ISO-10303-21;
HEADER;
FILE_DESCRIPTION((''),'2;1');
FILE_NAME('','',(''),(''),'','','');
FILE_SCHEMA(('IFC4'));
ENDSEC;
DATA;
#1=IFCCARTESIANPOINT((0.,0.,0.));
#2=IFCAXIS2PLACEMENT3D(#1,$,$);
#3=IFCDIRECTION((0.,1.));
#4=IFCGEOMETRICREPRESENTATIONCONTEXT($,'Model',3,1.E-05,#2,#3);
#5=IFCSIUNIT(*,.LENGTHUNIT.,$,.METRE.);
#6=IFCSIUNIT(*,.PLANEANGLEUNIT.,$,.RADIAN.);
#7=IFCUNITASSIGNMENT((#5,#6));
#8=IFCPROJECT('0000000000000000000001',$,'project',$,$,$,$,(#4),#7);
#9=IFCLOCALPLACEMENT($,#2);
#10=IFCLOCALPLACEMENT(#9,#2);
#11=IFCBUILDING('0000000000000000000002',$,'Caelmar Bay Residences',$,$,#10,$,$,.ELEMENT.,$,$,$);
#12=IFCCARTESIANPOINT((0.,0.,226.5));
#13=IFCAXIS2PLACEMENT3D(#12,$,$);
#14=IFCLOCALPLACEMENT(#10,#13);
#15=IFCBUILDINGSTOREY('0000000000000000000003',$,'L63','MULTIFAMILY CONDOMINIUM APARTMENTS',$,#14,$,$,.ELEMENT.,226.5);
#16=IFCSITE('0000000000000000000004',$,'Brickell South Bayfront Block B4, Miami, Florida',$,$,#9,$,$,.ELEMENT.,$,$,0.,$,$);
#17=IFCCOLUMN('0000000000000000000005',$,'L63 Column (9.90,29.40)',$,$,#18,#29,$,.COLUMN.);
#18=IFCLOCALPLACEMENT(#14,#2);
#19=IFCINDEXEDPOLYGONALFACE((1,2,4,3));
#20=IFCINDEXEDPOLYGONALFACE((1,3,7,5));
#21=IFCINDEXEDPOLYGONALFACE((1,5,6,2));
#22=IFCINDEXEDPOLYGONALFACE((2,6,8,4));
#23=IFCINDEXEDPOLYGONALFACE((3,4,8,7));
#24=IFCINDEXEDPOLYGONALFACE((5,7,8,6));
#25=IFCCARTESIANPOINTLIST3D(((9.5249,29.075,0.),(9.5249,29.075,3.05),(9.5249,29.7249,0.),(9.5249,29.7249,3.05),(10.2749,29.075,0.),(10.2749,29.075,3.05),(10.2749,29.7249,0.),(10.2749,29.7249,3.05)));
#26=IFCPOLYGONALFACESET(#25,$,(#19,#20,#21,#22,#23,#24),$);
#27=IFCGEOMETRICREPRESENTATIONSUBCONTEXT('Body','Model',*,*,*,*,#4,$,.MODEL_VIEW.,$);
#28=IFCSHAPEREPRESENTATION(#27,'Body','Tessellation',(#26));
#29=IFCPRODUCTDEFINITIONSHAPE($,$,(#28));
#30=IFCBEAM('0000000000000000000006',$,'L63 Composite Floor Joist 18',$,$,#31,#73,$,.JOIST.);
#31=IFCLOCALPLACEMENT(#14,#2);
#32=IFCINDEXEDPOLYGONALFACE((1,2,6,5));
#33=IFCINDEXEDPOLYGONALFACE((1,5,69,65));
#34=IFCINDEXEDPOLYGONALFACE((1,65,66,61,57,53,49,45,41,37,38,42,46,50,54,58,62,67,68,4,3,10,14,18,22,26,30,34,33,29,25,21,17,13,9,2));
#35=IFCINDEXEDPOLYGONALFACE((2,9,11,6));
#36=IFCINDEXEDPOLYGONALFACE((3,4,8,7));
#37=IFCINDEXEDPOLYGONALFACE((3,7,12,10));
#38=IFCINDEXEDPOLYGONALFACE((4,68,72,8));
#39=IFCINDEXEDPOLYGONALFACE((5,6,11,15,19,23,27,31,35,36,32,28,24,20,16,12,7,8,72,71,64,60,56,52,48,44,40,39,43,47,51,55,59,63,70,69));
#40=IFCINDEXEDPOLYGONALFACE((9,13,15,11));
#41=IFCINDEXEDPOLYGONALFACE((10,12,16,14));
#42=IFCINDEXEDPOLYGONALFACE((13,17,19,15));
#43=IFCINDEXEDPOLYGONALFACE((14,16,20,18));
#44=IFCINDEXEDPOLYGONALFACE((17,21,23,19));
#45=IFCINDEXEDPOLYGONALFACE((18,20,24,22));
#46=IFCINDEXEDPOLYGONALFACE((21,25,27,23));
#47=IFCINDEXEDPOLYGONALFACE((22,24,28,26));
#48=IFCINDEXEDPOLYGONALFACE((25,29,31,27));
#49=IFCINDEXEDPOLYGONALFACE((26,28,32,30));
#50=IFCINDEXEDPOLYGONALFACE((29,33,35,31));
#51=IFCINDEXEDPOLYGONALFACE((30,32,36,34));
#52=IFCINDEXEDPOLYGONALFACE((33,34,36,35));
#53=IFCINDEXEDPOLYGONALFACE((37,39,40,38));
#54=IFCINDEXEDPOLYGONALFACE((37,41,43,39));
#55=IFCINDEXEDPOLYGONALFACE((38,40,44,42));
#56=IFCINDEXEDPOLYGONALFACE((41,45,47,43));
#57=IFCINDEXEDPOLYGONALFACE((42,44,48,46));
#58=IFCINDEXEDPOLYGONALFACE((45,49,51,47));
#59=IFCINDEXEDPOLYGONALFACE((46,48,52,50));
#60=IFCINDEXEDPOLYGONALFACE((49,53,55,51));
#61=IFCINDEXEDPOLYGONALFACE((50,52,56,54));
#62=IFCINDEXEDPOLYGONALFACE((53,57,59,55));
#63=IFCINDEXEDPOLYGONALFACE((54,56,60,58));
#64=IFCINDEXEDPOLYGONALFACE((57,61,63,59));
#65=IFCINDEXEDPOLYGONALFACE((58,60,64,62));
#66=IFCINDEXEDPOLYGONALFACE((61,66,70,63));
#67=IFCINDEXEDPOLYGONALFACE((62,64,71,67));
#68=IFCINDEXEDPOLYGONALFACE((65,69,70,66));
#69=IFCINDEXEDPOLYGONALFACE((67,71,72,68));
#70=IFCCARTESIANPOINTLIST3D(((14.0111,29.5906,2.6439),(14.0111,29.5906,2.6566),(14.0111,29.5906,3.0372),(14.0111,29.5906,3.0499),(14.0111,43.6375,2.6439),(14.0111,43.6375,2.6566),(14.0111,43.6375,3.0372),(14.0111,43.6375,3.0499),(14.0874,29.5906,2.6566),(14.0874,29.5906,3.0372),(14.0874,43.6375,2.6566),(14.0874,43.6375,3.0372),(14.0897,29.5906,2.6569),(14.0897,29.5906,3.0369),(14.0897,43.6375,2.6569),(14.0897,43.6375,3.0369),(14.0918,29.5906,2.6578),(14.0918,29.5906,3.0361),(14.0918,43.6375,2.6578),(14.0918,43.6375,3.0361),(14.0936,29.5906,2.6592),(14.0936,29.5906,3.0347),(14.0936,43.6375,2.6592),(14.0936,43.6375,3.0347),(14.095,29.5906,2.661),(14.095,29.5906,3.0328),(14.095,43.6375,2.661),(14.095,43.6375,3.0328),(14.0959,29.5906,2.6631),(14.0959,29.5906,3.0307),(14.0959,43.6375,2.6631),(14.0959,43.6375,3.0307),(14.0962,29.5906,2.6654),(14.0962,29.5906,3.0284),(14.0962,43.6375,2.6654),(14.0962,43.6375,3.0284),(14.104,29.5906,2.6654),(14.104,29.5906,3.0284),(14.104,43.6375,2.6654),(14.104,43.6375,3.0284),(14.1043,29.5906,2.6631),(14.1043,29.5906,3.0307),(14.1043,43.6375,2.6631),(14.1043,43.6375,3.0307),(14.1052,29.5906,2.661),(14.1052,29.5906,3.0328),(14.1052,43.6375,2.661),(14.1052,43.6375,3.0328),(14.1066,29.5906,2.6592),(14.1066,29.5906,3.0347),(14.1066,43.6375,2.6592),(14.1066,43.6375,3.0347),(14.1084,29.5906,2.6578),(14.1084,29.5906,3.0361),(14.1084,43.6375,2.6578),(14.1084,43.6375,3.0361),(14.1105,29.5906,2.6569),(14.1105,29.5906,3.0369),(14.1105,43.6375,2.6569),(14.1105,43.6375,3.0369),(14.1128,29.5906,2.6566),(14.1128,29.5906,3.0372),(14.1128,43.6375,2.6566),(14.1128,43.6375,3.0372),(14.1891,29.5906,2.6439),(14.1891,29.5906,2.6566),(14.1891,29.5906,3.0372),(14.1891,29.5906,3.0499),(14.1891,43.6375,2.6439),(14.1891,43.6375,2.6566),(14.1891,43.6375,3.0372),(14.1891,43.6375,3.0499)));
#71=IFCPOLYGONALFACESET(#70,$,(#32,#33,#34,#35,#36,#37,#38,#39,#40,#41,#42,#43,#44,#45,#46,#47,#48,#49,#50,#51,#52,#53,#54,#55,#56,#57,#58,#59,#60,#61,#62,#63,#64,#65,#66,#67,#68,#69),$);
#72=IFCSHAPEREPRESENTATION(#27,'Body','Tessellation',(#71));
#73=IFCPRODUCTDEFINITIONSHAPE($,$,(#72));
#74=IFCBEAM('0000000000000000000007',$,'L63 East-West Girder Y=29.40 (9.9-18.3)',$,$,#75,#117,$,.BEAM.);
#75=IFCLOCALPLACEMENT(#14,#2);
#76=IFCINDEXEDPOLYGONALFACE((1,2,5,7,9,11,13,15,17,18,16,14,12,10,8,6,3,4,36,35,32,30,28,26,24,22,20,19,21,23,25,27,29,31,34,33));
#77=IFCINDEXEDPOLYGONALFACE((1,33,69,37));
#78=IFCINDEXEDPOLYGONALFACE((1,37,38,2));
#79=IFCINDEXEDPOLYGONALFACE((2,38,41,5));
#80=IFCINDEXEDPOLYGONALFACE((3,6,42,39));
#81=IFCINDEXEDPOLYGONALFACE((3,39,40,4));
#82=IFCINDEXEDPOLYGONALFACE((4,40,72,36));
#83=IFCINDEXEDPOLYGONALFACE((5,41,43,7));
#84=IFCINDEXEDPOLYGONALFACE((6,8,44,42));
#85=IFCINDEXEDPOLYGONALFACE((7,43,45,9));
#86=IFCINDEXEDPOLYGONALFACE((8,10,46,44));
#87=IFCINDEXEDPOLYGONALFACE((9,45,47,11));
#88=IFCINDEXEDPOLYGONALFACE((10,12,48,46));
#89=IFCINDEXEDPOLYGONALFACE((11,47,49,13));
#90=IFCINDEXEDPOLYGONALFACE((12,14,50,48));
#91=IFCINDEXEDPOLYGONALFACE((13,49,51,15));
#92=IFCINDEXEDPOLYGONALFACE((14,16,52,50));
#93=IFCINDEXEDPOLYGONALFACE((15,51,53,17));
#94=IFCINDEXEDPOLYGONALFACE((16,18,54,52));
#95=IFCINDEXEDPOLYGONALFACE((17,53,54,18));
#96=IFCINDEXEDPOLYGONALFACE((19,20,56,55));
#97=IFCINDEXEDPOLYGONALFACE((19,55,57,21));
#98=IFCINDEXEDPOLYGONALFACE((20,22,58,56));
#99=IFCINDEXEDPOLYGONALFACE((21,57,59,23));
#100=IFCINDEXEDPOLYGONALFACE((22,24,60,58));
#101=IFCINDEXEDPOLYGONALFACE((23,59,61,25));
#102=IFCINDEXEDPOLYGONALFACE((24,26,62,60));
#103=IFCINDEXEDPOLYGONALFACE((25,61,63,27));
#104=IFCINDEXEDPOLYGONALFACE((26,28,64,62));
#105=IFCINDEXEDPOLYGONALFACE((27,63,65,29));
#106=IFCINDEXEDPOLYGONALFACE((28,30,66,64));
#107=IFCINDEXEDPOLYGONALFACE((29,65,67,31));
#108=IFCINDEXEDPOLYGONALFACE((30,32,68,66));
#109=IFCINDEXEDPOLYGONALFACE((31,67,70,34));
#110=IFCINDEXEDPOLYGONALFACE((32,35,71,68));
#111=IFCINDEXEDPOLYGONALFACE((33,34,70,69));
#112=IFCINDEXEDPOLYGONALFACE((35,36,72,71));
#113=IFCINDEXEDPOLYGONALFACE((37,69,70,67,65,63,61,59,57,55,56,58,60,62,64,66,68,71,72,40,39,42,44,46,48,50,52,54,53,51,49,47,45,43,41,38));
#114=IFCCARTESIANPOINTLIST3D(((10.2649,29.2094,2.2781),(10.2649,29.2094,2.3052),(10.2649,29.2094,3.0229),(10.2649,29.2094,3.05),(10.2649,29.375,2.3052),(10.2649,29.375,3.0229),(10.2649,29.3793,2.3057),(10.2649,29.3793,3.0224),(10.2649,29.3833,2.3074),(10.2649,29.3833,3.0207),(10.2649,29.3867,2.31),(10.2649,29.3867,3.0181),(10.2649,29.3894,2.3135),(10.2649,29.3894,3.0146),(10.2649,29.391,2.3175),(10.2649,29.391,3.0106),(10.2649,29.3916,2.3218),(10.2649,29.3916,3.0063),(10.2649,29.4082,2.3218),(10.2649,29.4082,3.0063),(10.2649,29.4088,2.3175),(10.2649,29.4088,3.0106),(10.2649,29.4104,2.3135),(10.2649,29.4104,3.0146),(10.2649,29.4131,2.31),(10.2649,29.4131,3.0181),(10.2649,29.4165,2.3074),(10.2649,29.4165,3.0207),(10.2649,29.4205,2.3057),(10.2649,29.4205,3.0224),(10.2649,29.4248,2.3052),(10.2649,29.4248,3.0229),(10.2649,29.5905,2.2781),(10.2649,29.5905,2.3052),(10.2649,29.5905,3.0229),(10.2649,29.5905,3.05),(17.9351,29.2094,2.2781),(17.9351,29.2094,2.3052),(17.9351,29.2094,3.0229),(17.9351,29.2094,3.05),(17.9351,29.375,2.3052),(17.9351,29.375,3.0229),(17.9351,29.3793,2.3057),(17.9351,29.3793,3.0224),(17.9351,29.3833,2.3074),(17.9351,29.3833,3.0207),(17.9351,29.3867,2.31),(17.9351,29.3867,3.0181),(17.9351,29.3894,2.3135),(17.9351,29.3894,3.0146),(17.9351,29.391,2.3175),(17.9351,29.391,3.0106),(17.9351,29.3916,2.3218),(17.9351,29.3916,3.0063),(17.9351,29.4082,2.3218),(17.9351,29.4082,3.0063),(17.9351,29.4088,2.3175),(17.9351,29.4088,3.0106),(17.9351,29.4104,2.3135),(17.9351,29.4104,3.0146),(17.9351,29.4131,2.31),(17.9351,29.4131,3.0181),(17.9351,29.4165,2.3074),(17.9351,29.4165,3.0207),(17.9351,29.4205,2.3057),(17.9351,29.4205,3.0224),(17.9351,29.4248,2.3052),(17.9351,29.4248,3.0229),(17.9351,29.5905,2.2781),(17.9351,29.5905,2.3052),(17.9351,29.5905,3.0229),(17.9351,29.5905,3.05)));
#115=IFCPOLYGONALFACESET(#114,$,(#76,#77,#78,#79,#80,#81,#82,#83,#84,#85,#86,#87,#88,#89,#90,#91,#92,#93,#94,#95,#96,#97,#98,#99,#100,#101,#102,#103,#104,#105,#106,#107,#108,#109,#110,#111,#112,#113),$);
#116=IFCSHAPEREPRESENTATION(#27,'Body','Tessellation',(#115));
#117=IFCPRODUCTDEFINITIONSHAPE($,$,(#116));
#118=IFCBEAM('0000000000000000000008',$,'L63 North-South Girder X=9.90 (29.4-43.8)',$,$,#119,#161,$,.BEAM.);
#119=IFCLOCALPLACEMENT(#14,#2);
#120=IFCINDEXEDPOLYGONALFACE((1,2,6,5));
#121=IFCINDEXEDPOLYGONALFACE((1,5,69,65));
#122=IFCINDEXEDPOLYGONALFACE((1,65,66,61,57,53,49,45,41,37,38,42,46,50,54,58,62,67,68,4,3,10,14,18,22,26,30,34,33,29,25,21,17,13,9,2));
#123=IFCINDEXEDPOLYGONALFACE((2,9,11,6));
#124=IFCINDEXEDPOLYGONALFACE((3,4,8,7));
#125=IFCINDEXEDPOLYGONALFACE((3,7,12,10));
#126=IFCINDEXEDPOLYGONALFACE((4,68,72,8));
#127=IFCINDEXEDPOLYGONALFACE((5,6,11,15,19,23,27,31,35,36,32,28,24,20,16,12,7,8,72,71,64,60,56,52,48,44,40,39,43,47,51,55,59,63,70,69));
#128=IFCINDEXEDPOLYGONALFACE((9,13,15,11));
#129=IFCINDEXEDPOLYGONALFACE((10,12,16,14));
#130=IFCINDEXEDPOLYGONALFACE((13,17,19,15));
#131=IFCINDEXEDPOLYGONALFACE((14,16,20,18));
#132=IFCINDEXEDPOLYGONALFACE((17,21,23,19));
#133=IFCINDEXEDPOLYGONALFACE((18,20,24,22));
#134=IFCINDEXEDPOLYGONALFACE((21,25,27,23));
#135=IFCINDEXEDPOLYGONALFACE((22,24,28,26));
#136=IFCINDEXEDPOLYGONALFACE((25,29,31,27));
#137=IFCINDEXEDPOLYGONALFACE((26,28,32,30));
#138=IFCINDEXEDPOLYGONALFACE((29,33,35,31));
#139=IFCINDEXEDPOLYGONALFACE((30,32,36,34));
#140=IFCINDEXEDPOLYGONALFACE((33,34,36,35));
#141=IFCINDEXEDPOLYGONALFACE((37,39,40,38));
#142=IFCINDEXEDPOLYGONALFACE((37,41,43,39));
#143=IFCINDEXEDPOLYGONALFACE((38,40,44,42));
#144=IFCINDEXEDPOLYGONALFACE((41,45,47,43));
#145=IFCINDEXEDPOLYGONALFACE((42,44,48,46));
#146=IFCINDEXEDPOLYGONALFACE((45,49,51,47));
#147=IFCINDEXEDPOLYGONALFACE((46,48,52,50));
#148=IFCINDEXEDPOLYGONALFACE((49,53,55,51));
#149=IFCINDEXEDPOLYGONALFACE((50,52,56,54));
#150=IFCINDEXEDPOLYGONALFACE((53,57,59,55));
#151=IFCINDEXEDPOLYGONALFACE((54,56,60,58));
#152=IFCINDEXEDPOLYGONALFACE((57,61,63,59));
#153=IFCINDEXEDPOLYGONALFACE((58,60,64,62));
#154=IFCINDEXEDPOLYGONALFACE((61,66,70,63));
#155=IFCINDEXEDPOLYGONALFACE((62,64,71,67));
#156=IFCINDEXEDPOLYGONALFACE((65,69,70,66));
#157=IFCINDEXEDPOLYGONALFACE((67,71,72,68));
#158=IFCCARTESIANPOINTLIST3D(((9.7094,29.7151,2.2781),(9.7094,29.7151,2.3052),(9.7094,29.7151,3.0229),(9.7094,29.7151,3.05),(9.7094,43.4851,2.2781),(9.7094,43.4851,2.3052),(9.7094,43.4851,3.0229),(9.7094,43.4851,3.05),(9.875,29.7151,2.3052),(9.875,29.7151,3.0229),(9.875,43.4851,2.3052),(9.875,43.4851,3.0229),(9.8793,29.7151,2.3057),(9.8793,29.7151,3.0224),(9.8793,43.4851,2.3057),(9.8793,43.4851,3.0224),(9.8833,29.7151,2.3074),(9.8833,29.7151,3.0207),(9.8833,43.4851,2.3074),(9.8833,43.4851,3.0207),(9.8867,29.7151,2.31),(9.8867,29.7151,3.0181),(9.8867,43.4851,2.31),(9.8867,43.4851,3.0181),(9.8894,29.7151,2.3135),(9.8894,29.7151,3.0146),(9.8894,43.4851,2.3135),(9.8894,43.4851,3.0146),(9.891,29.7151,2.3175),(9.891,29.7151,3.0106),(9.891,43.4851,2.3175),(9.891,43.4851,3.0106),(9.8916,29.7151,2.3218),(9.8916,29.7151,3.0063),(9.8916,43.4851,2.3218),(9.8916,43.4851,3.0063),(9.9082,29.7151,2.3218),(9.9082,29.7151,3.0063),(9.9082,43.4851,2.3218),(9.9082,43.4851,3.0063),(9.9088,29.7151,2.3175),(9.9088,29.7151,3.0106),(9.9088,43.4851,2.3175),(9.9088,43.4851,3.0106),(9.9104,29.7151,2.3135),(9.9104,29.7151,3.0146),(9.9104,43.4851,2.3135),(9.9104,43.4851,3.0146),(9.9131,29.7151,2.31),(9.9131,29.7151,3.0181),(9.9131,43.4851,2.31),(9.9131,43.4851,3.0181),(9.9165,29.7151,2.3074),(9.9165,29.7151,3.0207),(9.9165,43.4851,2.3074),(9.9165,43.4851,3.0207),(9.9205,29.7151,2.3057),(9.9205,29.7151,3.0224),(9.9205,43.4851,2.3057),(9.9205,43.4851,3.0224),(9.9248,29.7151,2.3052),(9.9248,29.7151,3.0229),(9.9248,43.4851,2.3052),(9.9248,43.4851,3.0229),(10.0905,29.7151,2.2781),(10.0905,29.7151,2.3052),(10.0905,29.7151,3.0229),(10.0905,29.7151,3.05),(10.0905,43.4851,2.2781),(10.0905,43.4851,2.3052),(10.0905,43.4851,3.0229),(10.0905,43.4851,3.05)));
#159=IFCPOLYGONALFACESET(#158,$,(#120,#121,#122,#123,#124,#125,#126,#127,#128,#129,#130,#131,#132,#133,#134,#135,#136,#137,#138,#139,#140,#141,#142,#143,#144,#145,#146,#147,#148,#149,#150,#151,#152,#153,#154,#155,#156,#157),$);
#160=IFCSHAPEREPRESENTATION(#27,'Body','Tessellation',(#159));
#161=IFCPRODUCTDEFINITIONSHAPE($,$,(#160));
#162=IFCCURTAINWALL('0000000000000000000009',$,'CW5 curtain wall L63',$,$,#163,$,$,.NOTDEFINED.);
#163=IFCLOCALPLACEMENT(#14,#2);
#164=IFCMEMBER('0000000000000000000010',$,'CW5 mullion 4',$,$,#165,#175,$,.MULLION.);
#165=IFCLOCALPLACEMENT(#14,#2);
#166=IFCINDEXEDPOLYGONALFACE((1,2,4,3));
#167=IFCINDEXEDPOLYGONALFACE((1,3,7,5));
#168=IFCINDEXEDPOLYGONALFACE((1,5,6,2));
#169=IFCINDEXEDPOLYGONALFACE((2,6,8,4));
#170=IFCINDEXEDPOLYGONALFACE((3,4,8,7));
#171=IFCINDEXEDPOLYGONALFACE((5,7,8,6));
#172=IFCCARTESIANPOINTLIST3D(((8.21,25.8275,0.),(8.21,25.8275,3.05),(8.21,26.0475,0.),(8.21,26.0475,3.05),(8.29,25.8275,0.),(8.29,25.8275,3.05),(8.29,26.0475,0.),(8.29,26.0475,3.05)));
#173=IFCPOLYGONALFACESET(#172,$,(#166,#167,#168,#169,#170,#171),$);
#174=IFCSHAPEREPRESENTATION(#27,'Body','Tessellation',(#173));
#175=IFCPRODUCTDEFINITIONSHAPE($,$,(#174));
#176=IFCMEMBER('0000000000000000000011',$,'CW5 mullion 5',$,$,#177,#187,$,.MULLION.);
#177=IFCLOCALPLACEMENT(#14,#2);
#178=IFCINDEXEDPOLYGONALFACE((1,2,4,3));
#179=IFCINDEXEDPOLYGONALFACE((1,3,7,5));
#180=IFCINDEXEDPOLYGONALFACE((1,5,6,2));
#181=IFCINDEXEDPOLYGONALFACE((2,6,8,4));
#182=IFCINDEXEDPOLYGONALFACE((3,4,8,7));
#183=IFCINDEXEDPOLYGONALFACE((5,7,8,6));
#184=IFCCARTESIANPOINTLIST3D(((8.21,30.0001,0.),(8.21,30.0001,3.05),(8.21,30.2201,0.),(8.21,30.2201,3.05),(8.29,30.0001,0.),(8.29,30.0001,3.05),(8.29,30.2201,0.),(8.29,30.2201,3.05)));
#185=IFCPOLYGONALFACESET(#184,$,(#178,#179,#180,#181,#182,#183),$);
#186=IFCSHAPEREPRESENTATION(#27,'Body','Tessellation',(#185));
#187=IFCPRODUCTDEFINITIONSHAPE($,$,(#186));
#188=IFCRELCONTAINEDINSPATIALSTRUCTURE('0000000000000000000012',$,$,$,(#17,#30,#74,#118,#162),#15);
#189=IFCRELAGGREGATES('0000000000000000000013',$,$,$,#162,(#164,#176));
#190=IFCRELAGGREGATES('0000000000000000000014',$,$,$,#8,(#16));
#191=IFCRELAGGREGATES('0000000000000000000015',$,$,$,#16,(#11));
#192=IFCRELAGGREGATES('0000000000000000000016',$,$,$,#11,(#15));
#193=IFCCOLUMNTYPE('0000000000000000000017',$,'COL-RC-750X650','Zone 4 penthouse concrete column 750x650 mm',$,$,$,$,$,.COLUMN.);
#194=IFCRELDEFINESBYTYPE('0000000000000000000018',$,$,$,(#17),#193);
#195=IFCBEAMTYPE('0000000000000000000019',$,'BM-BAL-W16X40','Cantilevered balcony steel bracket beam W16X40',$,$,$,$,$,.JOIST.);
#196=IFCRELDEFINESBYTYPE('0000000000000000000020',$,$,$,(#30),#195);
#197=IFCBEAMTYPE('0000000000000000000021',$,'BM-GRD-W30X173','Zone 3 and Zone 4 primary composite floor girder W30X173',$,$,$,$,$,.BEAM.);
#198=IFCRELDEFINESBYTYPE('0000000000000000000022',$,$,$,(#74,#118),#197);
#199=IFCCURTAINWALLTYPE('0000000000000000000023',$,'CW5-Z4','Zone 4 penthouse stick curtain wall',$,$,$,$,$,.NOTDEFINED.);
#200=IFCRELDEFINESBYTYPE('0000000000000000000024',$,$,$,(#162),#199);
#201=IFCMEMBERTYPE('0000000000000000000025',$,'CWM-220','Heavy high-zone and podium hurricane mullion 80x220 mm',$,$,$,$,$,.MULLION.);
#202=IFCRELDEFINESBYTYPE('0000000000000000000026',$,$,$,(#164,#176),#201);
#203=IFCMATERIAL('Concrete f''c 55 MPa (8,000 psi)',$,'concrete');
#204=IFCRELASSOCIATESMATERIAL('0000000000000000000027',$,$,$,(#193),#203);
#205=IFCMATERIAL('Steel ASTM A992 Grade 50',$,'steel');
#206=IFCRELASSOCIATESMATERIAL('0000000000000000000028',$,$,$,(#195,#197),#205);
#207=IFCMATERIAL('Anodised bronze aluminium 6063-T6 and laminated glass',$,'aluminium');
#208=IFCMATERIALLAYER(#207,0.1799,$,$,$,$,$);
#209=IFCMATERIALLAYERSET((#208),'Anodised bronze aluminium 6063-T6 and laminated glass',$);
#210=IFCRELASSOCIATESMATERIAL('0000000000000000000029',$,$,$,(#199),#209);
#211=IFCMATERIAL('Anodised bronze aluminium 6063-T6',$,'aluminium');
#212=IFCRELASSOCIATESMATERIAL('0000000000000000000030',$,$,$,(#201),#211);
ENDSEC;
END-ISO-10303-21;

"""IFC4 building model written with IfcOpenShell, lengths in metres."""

from ifc_helpers import new_model, si_unit, direction, frame, origin, origin_2d, place, context, subcontext, project, spatial, rectangle, i_section, extrude, material, layer, layer_set, material_profile, profile_set, type_object, element, aggregate, save


model = new_model("IFC4")

# Units and contexts
model_context = context("Model", 3, precision=1e-05, world=origin(), true_north=direction((0.0, 1.0)))
body_context = subcontext(model_context, "Body", "Model", "MODEL_VIEW")
ifc_project = project(units=[si_unit("LENGTHUNIT", "METRE"), si_unit("PLANEANGLEUNIT", "RADIAN")], contexts=[model_context])

# Site, building, storey
site_placement = place(None, origin())
site = spatial("IfcSite", under=ifc_project, at=site_placement, Name="Brickell South Bayfront Block B4, Miami, Florida", CompositionType="ELEMENT", RefElevation=0.0)
building_placement = place(site_placement, origin())
building = spatial("IfcBuilding", under=site, at=building_placement, Name="Caelmar Bay Residences", CompositionType="ELEMENT")
storey_placement = place(building_placement, frame((0.0, 0.0, 226.5)))
storey = spatial("IfcBuildingStorey", under=building, at=storey_placement, Name="L63", Description="MULTIFAMILY CONDOMINIUM APARTMENTS", CompositionType="ELEMENT", Elevation=226.5)

# Column
ifc_material_1 = material(Name="Concrete f'c 55 MPa (8,000 psi)", Category="concrete")
ifc_material_profile_1 = material_profile(ifc_material_1, rectangle(XDim=0.75, YDim=0.6499, at=origin_2d()), Name="RC-COL-750X650")
ifc_profile_set_1 = profile_set([ifc_material_profile_1], Name="Concrete f'c 55 MPa (8,000 psi)")
column_type = type_object("IfcColumnType", Name="COL-RC-750X650", Description="Zone 4 penthouse concrete column 750x650 mm", PredefinedType="COLUMN", material=ifc_profile_set_1)
column_placement = place(storey_placement, frame((9.8999, 29.3999, 0.0), z_axis=(0.0, 0.0, 1.0), x_axis=(1.0, 0.0, 0.0)))
element("IfcColumn", 1, at=column_placement, inside=storey, type_object=column_type, Name="L63 Column (9.90,29.40)", PredefinedType="COLUMN", context=body_context, shape_type="SweptSolid", body=[
    extrude(rectangle(XDim=0.75, YDim=0.6499, at=origin_2d()), origin(), (0.0, 0.0, 1.0), 3.05),
])

# Beams
ifc_material_2 = material(Name="Steel ASTM A992 Grade 50", Category="steel")
ifc_material_profile_2 = material_profile(ifc_material_2, i_section(OverallWidth=0.178, OverallDepth=0.406, WebThickness=0.0078, FlangeThickness=0.0127, FilletRadius=0.0088, at=origin_2d()), Name="W16X40")
ifc_profile_set_2 = profile_set([ifc_material_profile_2], Name="Steel ASTM A992 Grade 50")
beam_type_1 = type_object("IfcBeamType", Name="BM-BAL-W16X40", Description="Cantilevered balcony steel bracket beam W16X40", PredefinedType="JOIST", material=ifc_profile_set_2)
beam_1_placement = place(storey_placement, frame((14.1001, 29.5906, 2.8469), z_axis=(0.0, 1.0, 0.0), x_axis=(-1.0, 0.0, 0.0)))
element("IfcBeam", 2, at=beam_1_placement, inside=storey, type_object=beam_type_1, Name="L63 Composite Floor Joist 18", PredefinedType="JOIST", context=body_context, shape_type="SweptSolid", body=[
    extrude(i_section(OverallWidth=0.178, OverallDepth=0.406, WebThickness=0.0078, FlangeThickness=0.0127, FilletRadius=0.0088, at=origin_2d()), origin(), (0.0, 0.0, 1.0), 14.0469),
])
ifc_material_profile_3 = material_profile(ifc_material_2, i_section(OverallWidth=0.3811, OverallDepth=0.772, WebThickness=0.0166, FlangeThickness=0.0271, FilletRadius=0.0166, at=origin_2d()), Name="W30X173")
ifc_profile_set_3 = profile_set([ifc_material_profile_3], Name="Steel ASTM A992 Grade 50")
beam_type_2 = type_object("IfcBeamType", Name="BM-GRD-W30X173", Description="Zone 3 and Zone 4 primary composite floor girder W30X173", PredefinedType="BEAM", material=ifc_profile_set_3)
beam_2_placement = place(storey_placement, frame((10.2649, 29.3999, 2.6641), z_axis=(1.0, 0.0, 0.0), x_axis=(0.0, 1.0, 0.0)))
element("IfcBeam", 3, at=beam_2_placement, inside=storey, type_object=beam_type_2, Name="L63 East-West Girder Y=29.40 (9.9-18.3)", PredefinedType="BEAM", context=body_context, shape_type="SweptSolid", body=[
    extrude(i_section(OverallWidth=0.3811, OverallDepth=0.772, WebThickness=0.0166, FlangeThickness=0.0271, FilletRadius=0.0166, at=origin_2d()), origin(), (0.0, 0.0, 1.0), 7.6702),
])
beam_3_placement = place(storey_placement, frame((9.8999, 29.7151, 2.6641), z_axis=(0.0, 1.0, 0.0), x_axis=(-1.0, 0.0, 0.0)))
element("IfcBeam", 4, at=beam_3_placement, inside=storey, type_object=beam_type_2, Name="L63 North-South Girder X=9.90 (29.4-43.8)", PredefinedType="BEAM", context=body_context, shape_type="SweptSolid", body=[
    extrude(i_section(OverallWidth=0.3811, OverallDepth=0.772, WebThickness=0.0166, FlangeThickness=0.0271, FilletRadius=0.0166, at=origin_2d()), origin(), (0.0, 0.0, 1.0), 13.77),
])

# Curtain wall, members
ifc_material_3 = material(Name="Anodised bronze aluminium 6063-T6 and laminated glass", Category="aluminium")
ifc_layer_1 = layer(ifc_material_3, 0.1799)
ifc_layer_set_1 = layer_set([ifc_layer_1], Name="Anodised bronze aluminium 6063-T6 and laminated glass")
curtain_wall_type = type_object("IfcCurtainWallType", Name="CW5-Z4", Description="Zone 4 penthouse stick curtain wall", PredefinedType="NOTDEFINED", material=ifc_layer_set_1)
curtain_wall_placement = place(storey_placement, origin())
curtain_wall = element("IfcCurtainWall", 5, at=curtain_wall_placement, inside=storey, type_object=curtain_wall_type, Name="CW5 curtain wall L63", PredefinedType="NOTDEFINED")
ifc_material_4 = material(Name="Anodised bronze aluminium 6063-T6", Category="aluminium")
ifc_material_profile_4 = material_profile(ifc_material_4, rectangle(XDim=0.0801, YDim=0.22, at=origin_2d()), Name="CWM-80X220")
ifc_profile_set_4 = profile_set([ifc_material_profile_4], Name="Anodised bronze aluminium 6063-T6")
member_type_1 = type_object("IfcMemberType", Name="CWM-220", Description="Heavy high-zone and podium hurricane mullion 80x220 mm", PredefinedType="MULLION", material=ifc_profile_set_4)
member_1_placement = place(storey_placement, frame((8.25, 25.9375, 0.0), z_axis=(0.0, 0.0, 1.0), x_axis=(-1.0, 0.0, 0.0)))
member_1 = element("IfcMember", 6, at=member_1_placement, type_object=member_type_1, Name="CW5 mullion 4", PredefinedType="MULLION", context=body_context, shape_type="SweptSolid", body=[
    extrude(rectangle(XDim=0.0801, YDim=0.22, at=origin_2d()), origin(), (0.0, 0.0, 1.0), 3.05),
])
member_2_placement = place(storey_placement, frame((8.25, 30.1101, 0.0), z_axis=(0.0, 0.0, 1.0), x_axis=(-1.0, 0.0, 0.0)))
member_2 = element("IfcMember", 7, at=member_2_placement, type_object=member_type_1, Name="CW5 mullion 5", PredefinedType="MULLION", context=body_context, shape_type="SweptSolid", body=[
    extrude(rectangle(XDim=0.0801, YDim=0.22, at=origin_2d()), origin(), (0.0, 0.0, 1.0), 3.05),
])
aggregate(curtain_wall, [member_1, member_2])

save(model, "model.ifc")
